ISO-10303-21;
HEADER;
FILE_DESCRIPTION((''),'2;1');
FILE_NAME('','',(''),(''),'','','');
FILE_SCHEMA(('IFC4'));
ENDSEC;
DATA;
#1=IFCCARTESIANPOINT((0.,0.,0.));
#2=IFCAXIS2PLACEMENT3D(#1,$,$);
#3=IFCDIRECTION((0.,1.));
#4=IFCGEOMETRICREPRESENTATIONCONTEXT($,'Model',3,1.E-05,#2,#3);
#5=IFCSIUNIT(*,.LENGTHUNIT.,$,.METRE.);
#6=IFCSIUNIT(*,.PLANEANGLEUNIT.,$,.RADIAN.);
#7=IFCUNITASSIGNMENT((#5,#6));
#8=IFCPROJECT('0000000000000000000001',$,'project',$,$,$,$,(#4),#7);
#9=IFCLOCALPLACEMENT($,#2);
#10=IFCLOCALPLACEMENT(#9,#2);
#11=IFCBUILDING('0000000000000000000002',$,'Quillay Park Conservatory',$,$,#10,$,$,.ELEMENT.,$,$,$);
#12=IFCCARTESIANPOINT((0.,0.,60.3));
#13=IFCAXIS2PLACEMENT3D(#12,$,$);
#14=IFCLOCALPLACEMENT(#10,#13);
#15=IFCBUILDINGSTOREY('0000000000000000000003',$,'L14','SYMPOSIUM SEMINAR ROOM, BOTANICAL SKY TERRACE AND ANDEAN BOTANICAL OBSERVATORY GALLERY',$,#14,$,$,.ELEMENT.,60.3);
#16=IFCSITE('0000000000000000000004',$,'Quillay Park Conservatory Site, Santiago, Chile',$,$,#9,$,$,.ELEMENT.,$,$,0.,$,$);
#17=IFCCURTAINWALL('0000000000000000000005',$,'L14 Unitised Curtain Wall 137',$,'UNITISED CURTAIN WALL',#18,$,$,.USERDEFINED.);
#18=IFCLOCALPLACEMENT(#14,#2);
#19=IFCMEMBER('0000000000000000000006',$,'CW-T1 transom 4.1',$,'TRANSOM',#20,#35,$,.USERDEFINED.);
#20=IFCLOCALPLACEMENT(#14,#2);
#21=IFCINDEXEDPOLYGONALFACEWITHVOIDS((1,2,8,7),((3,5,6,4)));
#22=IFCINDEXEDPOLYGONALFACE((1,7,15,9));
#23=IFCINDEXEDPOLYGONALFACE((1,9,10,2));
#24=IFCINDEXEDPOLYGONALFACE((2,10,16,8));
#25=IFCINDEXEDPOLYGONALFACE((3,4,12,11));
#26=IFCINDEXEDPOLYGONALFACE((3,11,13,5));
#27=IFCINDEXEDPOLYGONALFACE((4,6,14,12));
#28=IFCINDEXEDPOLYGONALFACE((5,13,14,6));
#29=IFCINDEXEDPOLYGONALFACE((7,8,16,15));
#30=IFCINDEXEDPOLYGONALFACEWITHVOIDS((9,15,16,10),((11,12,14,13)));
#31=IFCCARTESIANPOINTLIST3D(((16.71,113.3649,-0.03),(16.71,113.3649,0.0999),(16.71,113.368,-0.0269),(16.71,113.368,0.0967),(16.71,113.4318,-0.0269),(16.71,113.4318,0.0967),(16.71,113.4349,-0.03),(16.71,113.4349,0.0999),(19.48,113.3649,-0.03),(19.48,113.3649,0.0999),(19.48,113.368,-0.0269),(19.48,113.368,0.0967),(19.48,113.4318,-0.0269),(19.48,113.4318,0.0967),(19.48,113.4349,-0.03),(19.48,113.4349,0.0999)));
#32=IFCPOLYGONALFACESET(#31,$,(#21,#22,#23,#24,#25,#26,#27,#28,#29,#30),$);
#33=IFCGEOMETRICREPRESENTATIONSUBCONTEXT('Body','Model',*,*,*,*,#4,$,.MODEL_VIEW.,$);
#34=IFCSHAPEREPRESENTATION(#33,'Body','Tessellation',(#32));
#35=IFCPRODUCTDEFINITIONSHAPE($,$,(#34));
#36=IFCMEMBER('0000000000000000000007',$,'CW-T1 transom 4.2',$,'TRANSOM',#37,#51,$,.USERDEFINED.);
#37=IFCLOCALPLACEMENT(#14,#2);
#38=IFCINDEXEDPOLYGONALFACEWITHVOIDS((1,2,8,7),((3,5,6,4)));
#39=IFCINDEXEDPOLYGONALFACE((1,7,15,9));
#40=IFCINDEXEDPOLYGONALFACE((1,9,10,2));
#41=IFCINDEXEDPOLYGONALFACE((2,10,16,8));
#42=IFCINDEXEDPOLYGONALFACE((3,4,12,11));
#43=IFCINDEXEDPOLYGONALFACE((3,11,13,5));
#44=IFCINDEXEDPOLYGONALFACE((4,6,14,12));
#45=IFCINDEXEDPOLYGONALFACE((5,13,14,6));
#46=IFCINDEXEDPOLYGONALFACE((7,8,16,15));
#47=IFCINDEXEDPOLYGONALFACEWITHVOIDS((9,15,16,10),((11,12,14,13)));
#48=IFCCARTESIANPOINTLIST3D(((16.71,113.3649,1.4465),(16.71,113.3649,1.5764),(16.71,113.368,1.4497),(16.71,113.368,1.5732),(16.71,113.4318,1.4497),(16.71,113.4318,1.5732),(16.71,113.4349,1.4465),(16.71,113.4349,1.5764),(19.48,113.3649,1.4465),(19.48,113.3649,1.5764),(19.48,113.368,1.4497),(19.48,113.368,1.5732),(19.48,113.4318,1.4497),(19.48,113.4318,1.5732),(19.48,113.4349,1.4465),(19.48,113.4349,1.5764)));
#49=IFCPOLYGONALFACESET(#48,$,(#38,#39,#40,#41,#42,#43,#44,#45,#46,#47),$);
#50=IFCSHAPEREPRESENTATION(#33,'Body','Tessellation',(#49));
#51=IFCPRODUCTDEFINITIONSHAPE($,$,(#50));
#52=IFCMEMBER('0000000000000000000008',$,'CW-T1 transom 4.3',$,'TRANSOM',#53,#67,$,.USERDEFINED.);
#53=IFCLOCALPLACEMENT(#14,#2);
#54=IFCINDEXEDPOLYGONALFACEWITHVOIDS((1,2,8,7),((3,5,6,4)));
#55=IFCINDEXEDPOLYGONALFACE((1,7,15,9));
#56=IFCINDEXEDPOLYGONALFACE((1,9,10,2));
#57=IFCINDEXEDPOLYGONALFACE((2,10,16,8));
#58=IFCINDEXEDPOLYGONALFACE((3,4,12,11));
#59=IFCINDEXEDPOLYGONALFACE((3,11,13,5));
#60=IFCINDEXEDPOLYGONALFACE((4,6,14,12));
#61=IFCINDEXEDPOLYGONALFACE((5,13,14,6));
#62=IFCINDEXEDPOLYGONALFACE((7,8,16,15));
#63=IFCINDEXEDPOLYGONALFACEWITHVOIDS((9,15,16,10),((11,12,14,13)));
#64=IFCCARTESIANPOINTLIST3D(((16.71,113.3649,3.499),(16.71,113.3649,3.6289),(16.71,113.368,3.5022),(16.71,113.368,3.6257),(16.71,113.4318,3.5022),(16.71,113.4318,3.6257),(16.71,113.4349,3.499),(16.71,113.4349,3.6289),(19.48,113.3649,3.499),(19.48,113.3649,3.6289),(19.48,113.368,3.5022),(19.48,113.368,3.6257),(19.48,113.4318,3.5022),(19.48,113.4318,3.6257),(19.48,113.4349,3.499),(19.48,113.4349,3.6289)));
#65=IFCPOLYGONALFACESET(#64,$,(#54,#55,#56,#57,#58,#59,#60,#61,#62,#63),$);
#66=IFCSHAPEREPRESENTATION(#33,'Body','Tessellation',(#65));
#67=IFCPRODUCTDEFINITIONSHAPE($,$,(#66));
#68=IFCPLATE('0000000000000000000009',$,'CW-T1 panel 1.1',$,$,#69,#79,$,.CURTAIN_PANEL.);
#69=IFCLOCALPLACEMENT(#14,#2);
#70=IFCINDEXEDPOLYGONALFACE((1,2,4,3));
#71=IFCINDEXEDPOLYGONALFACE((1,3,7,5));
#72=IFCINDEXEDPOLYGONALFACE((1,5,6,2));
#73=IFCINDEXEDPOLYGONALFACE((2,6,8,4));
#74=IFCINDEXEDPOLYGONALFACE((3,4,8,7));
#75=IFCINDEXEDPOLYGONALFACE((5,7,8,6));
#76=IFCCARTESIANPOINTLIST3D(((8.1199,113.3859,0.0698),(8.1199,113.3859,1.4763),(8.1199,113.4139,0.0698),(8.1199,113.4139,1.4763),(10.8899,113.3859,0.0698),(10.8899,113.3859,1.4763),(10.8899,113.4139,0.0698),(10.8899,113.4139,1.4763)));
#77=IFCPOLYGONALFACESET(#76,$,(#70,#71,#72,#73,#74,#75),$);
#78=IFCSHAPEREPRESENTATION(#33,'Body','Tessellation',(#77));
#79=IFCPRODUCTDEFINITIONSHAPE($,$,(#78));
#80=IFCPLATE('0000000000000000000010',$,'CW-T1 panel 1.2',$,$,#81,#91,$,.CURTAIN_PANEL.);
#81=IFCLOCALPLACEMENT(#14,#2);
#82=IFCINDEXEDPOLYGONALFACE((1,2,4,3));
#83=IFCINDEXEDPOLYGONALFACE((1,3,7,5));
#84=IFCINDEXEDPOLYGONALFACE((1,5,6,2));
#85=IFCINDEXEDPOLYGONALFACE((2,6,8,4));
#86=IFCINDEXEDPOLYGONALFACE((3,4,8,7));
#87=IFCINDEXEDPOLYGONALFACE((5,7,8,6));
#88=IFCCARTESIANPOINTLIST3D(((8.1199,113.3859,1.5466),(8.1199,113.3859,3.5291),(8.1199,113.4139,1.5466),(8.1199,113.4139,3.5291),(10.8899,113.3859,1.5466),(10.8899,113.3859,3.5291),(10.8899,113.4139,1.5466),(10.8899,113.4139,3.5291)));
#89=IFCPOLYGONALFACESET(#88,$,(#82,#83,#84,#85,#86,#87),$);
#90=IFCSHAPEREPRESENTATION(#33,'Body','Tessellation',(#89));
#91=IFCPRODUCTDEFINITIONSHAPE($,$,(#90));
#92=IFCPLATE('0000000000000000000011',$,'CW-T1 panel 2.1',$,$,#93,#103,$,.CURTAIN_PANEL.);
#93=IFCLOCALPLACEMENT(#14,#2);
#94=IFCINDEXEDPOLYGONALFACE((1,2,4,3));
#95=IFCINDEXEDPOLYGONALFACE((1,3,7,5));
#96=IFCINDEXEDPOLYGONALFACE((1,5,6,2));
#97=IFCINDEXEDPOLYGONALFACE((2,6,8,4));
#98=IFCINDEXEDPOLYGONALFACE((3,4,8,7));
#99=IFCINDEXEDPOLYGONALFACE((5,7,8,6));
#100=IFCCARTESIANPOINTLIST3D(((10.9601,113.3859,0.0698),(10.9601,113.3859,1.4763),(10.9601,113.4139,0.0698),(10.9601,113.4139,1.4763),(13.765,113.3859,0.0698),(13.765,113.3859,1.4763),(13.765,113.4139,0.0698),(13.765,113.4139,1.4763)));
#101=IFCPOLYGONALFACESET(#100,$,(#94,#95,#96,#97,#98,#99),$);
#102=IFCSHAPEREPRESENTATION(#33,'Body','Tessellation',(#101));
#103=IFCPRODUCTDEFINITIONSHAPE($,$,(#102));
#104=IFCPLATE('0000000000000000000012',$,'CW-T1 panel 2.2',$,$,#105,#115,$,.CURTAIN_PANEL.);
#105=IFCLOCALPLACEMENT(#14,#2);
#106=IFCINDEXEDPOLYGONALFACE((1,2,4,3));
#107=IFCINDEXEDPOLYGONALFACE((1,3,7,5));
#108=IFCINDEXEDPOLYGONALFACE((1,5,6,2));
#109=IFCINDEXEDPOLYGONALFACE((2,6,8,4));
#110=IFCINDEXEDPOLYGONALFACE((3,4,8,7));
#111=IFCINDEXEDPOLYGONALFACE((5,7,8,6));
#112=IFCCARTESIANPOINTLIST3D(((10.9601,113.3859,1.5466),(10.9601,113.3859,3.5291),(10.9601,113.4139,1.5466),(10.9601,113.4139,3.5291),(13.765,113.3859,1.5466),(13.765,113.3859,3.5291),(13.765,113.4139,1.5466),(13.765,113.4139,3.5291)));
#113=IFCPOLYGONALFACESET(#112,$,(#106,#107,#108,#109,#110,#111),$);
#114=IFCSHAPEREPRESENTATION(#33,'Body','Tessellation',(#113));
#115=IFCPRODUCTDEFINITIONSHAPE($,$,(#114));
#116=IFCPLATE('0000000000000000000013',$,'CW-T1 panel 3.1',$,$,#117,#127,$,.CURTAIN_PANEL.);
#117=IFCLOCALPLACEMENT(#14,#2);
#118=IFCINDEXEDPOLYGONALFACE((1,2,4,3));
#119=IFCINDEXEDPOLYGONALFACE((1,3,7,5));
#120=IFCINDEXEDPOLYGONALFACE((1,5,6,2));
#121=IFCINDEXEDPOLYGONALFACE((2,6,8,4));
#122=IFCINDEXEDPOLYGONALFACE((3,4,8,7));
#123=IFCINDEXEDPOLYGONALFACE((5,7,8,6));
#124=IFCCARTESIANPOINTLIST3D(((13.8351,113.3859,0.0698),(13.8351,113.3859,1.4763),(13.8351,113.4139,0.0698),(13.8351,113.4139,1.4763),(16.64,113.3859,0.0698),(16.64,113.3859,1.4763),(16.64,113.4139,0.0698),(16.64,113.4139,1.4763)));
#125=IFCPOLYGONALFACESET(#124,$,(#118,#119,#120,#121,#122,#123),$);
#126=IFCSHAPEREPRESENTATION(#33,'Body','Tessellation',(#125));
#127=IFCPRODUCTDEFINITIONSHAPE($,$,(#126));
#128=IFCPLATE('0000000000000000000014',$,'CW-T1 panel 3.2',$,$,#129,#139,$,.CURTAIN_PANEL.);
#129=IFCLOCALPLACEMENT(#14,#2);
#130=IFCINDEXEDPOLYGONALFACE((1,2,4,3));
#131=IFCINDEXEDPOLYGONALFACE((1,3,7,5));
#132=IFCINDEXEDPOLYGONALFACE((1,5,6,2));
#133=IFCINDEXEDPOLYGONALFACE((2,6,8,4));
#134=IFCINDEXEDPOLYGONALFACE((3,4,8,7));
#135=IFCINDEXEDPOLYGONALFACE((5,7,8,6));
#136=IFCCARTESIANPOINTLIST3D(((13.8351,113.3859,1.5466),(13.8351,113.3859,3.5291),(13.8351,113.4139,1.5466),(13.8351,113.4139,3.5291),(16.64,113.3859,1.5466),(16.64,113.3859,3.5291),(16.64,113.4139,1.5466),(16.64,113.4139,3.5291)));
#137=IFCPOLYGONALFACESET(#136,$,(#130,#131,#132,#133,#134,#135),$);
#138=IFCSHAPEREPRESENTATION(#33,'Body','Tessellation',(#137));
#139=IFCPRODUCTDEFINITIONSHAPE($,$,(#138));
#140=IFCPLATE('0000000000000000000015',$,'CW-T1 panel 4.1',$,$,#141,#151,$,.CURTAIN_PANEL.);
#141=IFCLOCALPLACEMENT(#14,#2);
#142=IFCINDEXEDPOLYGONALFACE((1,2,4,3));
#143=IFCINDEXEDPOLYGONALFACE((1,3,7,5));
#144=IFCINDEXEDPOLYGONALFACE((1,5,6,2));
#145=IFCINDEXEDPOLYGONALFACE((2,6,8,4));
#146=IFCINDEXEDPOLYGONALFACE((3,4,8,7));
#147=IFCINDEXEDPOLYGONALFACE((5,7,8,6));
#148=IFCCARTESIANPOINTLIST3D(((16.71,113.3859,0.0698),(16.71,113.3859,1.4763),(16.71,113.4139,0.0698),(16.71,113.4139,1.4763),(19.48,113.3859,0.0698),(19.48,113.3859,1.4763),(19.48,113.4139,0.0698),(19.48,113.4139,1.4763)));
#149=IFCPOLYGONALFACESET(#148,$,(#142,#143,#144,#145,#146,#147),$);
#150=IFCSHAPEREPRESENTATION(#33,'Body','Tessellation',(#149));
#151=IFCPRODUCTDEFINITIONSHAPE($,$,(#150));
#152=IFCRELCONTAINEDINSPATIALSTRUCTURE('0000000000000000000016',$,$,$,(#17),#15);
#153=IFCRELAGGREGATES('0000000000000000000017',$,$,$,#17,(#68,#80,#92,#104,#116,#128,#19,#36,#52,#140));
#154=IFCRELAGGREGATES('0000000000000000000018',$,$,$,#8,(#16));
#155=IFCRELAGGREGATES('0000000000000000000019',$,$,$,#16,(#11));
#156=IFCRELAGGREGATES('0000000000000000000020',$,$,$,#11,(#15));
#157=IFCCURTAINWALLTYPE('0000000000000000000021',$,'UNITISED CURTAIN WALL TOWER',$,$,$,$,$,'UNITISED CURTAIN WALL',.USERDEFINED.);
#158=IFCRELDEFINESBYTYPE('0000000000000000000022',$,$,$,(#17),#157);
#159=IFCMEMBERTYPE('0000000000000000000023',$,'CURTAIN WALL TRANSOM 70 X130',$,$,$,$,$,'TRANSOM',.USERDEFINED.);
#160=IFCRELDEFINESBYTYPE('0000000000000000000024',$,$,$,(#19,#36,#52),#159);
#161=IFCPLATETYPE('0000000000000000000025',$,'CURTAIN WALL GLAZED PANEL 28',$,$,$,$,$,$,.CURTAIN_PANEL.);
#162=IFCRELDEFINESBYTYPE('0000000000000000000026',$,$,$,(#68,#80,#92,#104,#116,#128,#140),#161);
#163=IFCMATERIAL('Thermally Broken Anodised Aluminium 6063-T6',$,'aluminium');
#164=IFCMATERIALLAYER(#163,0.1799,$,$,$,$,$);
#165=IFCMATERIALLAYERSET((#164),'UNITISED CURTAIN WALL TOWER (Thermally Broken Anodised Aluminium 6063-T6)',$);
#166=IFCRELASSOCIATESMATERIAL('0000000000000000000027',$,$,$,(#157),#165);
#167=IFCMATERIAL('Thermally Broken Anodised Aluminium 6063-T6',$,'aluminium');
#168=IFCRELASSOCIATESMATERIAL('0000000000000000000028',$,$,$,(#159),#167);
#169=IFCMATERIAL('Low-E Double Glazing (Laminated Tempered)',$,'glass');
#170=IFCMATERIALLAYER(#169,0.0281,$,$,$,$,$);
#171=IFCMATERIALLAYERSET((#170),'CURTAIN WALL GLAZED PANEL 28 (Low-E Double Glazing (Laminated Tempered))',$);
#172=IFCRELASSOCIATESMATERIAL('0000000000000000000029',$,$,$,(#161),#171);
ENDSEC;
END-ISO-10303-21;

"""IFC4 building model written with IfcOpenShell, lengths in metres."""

from ifc_helpers import new_model, si_unit, direction, frame, origin, origin_2d, place, context, subcontext, project, spatial, rectangle, hollow_rectangle, extrude, material, layer, layer_set, material_profile, profile_set, type_object, element, aggregate, save


model = new_model("IFC4")

# Units and contexts
model_context = context("Model", 3, precision=1e-05, world=origin(), true_north=direction((0.0, 1.0)))
body_context = subcontext(model_context, "Body", "Model", "MODEL_VIEW")
ifc_project = project(units=[si_unit("LENGTHUNIT", "METRE"), si_unit("PLANEANGLEUNIT", "RADIAN")], contexts=[model_context])

# Site, building, storey
site_placement = place(None, origin())
site = spatial("IfcSite", under=ifc_project, at=site_placement, Name="Quillay Park Conservatory Site, Santiago, Chile", CompositionType="ELEMENT", RefElevation=0.0)
building_placement = place(site_placement, origin())
building = spatial("IfcBuilding", under=site, at=building_placement, Name="Quillay Park Conservatory", CompositionType="ELEMENT")
storey_placement = place(building_placement, frame((0.0, 0.0, 60.3)))
storey = spatial("IfcBuildingStorey", under=building, at=storey_placement, Name="L14", Description="SYMPOSIUM SEMINAR ROOM, BOTANICAL SKY TERRACE AND ANDEAN BOTANICAL OBSERVATORY GALLERY", CompositionType="ELEMENT", Elevation=60.3)

# Curtain wall, members, plates
ifc_material_1 = material(Name="Thermally Broken Anodised Aluminium 6063-T6", Category="aluminium")
ifc_layer_1 = layer(ifc_material_1, 0.1799)
ifc_layer_set_1 = layer_set([ifc_layer_1], Name="UNITISED CURTAIN WALL TOWER (Thermally Broken Anodised Aluminium 6063-T6)")
curtain_wall_type = type_object("IfcCurtainWallType", Name="UNITISED CURTAIN WALL TOWER", ElementType="UNITISED CURTAIN WALL", PredefinedType="USERDEFINED", material=ifc_layer_set_1)
curtain_wall_placement = place(storey_placement, origin())
curtain_wall = element("IfcCurtainWall", 1, at=curtain_wall_placement, inside=storey, type_object=curtain_wall_type, Name="L14 Unitised Curtain Wall 137", ObjectType="UNITISED CURTAIN WALL", PredefinedType="USERDEFINED")
ifc_material_2 = material(Name="Thermally Broken Anodised Aluminium 6063-T6", Category="aluminium")
ifc_material_profile_1 = material_profile(ifc_material_2, hollow_rectangle(XDim=0.0701, YDim=0.1299, WallThickness=0.0032, at=origin_2d()), Name="AL70x130x3.2")
ifc_profile_set_1 = profile_set([ifc_material_profile_1], Name="Thermally Broken Anodised Aluminium 6063-T6")
member_type_1 = type_object("IfcMemberType", Name="CURTAIN WALL TRANSOM 70 X130", ElementType="TRANSOM", PredefinedType="USERDEFINED", material=ifc_profile_set_1)
member_1_placement = place(storey_placement, frame((16.71, 113.3999, 0.0349), z_axis=(1.0, 0.0, 0.0), x_axis=(0.0, 1.0, 0.0)))
member_1 = element("IfcMember", 2, at=member_1_placement, type_object=member_type_1, Name="CW-T1 transom 4.1", ObjectType="TRANSOM", PredefinedType="USERDEFINED", context=body_context, shape_type="SweptSolid", body=[
    extrude(hollow_rectangle(XDim=0.0701, YDim=0.1299, WallThickness=0.0032, at=origin_2d()), origin(), (0.0, 0.0, 1.0), 2.77),
])
member_2_placement = place(storey_placement, frame((16.71, 113.3999, 1.5115), z_axis=(1.0, 0.0, 0.0), x_axis=(0.0, 1.0, 0.0)))
member_2 = element("IfcMember", 3, at=member_2_placement, type_object=member_type_1, Name="CW-T1 transom 4.2", ObjectType="TRANSOM", PredefinedType="USERDEFINED", context=body_context, shape_type="SweptSolid", body=[
    extrude(hollow_rectangle(XDim=0.0701, YDim=0.1299, WallThickness=0.0032, at=origin_2d()), origin(), (0.0, 0.0, 1.0), 2.77),
])
member_3_placement = place(storey_placement, frame((16.71, 113.3999, 3.564), z_axis=(1.0, 0.0, 0.0), x_axis=(0.0, 1.0, 0.0)))
member_3 = element("IfcMember", 4, at=member_3_placement, type_object=member_type_1, Name="CW-T1 transom 4.3", ObjectType="TRANSOM", PredefinedType="USERDEFINED", context=body_context, shape_type="SweptSolid", body=[
    extrude(hollow_rectangle(XDim=0.0701, YDim=0.1299, WallThickness=0.0032, at=origin_2d()), origin(), (0.0, 0.0, 1.0), 2.77),
])
ifc_material_3 = material(Name="Low-E Double Glazing (Laminated Tempered)", Category="glass")
ifc_layer_2 = layer(ifc_material_3, 0.0281)
ifc_layer_set_2 = layer_set([ifc_layer_2], Name="CURTAIN WALL GLAZED PANEL 28 (Low-E Double Glazing (Laminated Tempered))")
plate_type = type_object("IfcPlateType", Name="CURTAIN WALL GLAZED PANEL 28", PredefinedType="CURTAIN_PANEL", material=ifc_layer_set_2)
plate_1_placement = place(storey_placement, frame((9.5049, 113.3999, 0.0698), z_axis=(0.0, 0.0, 1.0), x_axis=(1.0, 0.0, 0.0)))
plate_1 = element("IfcPlate", 5, at=plate_1_placement, type_object=plate_type, Name="CW-T1 panel 1.1", PredefinedType="CURTAIN_PANEL", context=body_context, shape_type="SweptSolid", body=[
    extrude(rectangle(XDim=2.77, YDim=0.0281, at=origin_2d()), origin(), (0.0, 0.0, 1.0), 1.4065),
])
plate_2_placement = place(storey_placement, frame((9.5049, 113.3999, 1.5466), z_axis=(0.0, 0.0, 1.0), x_axis=(1.0, 0.0, 0.0)))
plate_2 = element("IfcPlate", 6, at=plate_2_placement, type_object=plate_type, Name="CW-T1 panel 1.2", PredefinedType="CURTAIN_PANEL", context=body_context, shape_type="SweptSolid", body=[
    extrude(rectangle(XDim=2.77, YDim=0.0281, at=origin_2d()), origin(), (0.0, 0.0, 1.0), 1.9824),
])
plate_3_placement = place(storey_placement, frame((12.3625, 113.3999, 0.0698), z_axis=(0.0, 0.0, 1.0), x_axis=(1.0, 0.0, 0.0)))
plate_3 = element("IfcPlate", 7, at=plate_3_placement, type_object=plate_type, Name="CW-T1 panel 2.1", PredefinedType="CURTAIN_PANEL", context=body_context, shape_type="SweptSolid", body=[
    extrude(rectangle(XDim=2.8049, YDim=0.0281, at=origin_2d()), origin(), (0.0, 0.0, 1.0), 1.4065),
])
plate_4_placement = place(storey_placement, frame((12.3625, 113.3999, 1.5466), z_axis=(0.0, 0.0, 1.0), x_axis=(1.0, 0.0, 0.0)))
plate_4 = element("IfcPlate", 8, at=plate_4_placement, type_object=plate_type, Name="CW-T1 panel 2.2", PredefinedType="CURTAIN_PANEL", context=body_context, shape_type="SweptSolid", body=[
    extrude(rectangle(XDim=2.8049, YDim=0.0281, at=origin_2d()), origin(), (0.0, 0.0, 1.0), 1.9824),
])
plate_5_placement = place(storey_placement, frame((15.2375, 113.3999, 0.0698), z_axis=(0.0, 0.0, 1.0), x_axis=(1.0, 0.0, 0.0)))
plate_5 = element("IfcPlate", 9, at=plate_5_placement, type_object=plate_type, Name="CW-T1 panel 3.1", PredefinedType="CURTAIN_PANEL", context=body_context, shape_type="SweptSolid", body=[
    extrude(rectangle(XDim=2.8049, YDim=0.0281, at=origin_2d()), origin(), (0.0, 0.0, 1.0), 1.4065),
])
plate_6_placement = place(storey_placement, frame((15.2375, 113.3999, 1.5466), z_axis=(0.0, 0.0, 1.0), x_axis=(1.0, 0.0, 0.0)))
plate_6 = element("IfcPlate", 10, at=plate_6_placement, type_object=plate_type, Name="CW-T1 panel 3.2", PredefinedType="CURTAIN_PANEL", context=body_context, shape_type="SweptSolid", body=[
    extrude(rectangle(XDim=2.8049, YDim=0.0281, at=origin_2d()), origin(), (0.0, 0.0, 1.0), 1.9824),
])
plate_7_placement = place(storey_placement, frame((18.095, 113.3999, 0.0698), z_axis=(0.0, 0.0, 1.0), x_axis=(1.0, 0.0, 0.0)))
plate_7 = element("IfcPlate", 11, at=plate_7_placement, type_object=plate_type, Name="CW-T1 panel 4.1", PredefinedType="CURTAIN_PANEL", context=body_context, shape_type="SweptSolid", body=[
    extrude(rectangle(XDim=2.77, YDim=0.0281, at=origin_2d()), origin(), (0.0, 0.0, 1.0), 1.4065),
])
aggregate(curtain_wall, [plate_1, plate_2, plate_3, plate_4, plate_5, plate_6, member_1, member_2, member_3, plate_7])

save(model, "model.ifc")
